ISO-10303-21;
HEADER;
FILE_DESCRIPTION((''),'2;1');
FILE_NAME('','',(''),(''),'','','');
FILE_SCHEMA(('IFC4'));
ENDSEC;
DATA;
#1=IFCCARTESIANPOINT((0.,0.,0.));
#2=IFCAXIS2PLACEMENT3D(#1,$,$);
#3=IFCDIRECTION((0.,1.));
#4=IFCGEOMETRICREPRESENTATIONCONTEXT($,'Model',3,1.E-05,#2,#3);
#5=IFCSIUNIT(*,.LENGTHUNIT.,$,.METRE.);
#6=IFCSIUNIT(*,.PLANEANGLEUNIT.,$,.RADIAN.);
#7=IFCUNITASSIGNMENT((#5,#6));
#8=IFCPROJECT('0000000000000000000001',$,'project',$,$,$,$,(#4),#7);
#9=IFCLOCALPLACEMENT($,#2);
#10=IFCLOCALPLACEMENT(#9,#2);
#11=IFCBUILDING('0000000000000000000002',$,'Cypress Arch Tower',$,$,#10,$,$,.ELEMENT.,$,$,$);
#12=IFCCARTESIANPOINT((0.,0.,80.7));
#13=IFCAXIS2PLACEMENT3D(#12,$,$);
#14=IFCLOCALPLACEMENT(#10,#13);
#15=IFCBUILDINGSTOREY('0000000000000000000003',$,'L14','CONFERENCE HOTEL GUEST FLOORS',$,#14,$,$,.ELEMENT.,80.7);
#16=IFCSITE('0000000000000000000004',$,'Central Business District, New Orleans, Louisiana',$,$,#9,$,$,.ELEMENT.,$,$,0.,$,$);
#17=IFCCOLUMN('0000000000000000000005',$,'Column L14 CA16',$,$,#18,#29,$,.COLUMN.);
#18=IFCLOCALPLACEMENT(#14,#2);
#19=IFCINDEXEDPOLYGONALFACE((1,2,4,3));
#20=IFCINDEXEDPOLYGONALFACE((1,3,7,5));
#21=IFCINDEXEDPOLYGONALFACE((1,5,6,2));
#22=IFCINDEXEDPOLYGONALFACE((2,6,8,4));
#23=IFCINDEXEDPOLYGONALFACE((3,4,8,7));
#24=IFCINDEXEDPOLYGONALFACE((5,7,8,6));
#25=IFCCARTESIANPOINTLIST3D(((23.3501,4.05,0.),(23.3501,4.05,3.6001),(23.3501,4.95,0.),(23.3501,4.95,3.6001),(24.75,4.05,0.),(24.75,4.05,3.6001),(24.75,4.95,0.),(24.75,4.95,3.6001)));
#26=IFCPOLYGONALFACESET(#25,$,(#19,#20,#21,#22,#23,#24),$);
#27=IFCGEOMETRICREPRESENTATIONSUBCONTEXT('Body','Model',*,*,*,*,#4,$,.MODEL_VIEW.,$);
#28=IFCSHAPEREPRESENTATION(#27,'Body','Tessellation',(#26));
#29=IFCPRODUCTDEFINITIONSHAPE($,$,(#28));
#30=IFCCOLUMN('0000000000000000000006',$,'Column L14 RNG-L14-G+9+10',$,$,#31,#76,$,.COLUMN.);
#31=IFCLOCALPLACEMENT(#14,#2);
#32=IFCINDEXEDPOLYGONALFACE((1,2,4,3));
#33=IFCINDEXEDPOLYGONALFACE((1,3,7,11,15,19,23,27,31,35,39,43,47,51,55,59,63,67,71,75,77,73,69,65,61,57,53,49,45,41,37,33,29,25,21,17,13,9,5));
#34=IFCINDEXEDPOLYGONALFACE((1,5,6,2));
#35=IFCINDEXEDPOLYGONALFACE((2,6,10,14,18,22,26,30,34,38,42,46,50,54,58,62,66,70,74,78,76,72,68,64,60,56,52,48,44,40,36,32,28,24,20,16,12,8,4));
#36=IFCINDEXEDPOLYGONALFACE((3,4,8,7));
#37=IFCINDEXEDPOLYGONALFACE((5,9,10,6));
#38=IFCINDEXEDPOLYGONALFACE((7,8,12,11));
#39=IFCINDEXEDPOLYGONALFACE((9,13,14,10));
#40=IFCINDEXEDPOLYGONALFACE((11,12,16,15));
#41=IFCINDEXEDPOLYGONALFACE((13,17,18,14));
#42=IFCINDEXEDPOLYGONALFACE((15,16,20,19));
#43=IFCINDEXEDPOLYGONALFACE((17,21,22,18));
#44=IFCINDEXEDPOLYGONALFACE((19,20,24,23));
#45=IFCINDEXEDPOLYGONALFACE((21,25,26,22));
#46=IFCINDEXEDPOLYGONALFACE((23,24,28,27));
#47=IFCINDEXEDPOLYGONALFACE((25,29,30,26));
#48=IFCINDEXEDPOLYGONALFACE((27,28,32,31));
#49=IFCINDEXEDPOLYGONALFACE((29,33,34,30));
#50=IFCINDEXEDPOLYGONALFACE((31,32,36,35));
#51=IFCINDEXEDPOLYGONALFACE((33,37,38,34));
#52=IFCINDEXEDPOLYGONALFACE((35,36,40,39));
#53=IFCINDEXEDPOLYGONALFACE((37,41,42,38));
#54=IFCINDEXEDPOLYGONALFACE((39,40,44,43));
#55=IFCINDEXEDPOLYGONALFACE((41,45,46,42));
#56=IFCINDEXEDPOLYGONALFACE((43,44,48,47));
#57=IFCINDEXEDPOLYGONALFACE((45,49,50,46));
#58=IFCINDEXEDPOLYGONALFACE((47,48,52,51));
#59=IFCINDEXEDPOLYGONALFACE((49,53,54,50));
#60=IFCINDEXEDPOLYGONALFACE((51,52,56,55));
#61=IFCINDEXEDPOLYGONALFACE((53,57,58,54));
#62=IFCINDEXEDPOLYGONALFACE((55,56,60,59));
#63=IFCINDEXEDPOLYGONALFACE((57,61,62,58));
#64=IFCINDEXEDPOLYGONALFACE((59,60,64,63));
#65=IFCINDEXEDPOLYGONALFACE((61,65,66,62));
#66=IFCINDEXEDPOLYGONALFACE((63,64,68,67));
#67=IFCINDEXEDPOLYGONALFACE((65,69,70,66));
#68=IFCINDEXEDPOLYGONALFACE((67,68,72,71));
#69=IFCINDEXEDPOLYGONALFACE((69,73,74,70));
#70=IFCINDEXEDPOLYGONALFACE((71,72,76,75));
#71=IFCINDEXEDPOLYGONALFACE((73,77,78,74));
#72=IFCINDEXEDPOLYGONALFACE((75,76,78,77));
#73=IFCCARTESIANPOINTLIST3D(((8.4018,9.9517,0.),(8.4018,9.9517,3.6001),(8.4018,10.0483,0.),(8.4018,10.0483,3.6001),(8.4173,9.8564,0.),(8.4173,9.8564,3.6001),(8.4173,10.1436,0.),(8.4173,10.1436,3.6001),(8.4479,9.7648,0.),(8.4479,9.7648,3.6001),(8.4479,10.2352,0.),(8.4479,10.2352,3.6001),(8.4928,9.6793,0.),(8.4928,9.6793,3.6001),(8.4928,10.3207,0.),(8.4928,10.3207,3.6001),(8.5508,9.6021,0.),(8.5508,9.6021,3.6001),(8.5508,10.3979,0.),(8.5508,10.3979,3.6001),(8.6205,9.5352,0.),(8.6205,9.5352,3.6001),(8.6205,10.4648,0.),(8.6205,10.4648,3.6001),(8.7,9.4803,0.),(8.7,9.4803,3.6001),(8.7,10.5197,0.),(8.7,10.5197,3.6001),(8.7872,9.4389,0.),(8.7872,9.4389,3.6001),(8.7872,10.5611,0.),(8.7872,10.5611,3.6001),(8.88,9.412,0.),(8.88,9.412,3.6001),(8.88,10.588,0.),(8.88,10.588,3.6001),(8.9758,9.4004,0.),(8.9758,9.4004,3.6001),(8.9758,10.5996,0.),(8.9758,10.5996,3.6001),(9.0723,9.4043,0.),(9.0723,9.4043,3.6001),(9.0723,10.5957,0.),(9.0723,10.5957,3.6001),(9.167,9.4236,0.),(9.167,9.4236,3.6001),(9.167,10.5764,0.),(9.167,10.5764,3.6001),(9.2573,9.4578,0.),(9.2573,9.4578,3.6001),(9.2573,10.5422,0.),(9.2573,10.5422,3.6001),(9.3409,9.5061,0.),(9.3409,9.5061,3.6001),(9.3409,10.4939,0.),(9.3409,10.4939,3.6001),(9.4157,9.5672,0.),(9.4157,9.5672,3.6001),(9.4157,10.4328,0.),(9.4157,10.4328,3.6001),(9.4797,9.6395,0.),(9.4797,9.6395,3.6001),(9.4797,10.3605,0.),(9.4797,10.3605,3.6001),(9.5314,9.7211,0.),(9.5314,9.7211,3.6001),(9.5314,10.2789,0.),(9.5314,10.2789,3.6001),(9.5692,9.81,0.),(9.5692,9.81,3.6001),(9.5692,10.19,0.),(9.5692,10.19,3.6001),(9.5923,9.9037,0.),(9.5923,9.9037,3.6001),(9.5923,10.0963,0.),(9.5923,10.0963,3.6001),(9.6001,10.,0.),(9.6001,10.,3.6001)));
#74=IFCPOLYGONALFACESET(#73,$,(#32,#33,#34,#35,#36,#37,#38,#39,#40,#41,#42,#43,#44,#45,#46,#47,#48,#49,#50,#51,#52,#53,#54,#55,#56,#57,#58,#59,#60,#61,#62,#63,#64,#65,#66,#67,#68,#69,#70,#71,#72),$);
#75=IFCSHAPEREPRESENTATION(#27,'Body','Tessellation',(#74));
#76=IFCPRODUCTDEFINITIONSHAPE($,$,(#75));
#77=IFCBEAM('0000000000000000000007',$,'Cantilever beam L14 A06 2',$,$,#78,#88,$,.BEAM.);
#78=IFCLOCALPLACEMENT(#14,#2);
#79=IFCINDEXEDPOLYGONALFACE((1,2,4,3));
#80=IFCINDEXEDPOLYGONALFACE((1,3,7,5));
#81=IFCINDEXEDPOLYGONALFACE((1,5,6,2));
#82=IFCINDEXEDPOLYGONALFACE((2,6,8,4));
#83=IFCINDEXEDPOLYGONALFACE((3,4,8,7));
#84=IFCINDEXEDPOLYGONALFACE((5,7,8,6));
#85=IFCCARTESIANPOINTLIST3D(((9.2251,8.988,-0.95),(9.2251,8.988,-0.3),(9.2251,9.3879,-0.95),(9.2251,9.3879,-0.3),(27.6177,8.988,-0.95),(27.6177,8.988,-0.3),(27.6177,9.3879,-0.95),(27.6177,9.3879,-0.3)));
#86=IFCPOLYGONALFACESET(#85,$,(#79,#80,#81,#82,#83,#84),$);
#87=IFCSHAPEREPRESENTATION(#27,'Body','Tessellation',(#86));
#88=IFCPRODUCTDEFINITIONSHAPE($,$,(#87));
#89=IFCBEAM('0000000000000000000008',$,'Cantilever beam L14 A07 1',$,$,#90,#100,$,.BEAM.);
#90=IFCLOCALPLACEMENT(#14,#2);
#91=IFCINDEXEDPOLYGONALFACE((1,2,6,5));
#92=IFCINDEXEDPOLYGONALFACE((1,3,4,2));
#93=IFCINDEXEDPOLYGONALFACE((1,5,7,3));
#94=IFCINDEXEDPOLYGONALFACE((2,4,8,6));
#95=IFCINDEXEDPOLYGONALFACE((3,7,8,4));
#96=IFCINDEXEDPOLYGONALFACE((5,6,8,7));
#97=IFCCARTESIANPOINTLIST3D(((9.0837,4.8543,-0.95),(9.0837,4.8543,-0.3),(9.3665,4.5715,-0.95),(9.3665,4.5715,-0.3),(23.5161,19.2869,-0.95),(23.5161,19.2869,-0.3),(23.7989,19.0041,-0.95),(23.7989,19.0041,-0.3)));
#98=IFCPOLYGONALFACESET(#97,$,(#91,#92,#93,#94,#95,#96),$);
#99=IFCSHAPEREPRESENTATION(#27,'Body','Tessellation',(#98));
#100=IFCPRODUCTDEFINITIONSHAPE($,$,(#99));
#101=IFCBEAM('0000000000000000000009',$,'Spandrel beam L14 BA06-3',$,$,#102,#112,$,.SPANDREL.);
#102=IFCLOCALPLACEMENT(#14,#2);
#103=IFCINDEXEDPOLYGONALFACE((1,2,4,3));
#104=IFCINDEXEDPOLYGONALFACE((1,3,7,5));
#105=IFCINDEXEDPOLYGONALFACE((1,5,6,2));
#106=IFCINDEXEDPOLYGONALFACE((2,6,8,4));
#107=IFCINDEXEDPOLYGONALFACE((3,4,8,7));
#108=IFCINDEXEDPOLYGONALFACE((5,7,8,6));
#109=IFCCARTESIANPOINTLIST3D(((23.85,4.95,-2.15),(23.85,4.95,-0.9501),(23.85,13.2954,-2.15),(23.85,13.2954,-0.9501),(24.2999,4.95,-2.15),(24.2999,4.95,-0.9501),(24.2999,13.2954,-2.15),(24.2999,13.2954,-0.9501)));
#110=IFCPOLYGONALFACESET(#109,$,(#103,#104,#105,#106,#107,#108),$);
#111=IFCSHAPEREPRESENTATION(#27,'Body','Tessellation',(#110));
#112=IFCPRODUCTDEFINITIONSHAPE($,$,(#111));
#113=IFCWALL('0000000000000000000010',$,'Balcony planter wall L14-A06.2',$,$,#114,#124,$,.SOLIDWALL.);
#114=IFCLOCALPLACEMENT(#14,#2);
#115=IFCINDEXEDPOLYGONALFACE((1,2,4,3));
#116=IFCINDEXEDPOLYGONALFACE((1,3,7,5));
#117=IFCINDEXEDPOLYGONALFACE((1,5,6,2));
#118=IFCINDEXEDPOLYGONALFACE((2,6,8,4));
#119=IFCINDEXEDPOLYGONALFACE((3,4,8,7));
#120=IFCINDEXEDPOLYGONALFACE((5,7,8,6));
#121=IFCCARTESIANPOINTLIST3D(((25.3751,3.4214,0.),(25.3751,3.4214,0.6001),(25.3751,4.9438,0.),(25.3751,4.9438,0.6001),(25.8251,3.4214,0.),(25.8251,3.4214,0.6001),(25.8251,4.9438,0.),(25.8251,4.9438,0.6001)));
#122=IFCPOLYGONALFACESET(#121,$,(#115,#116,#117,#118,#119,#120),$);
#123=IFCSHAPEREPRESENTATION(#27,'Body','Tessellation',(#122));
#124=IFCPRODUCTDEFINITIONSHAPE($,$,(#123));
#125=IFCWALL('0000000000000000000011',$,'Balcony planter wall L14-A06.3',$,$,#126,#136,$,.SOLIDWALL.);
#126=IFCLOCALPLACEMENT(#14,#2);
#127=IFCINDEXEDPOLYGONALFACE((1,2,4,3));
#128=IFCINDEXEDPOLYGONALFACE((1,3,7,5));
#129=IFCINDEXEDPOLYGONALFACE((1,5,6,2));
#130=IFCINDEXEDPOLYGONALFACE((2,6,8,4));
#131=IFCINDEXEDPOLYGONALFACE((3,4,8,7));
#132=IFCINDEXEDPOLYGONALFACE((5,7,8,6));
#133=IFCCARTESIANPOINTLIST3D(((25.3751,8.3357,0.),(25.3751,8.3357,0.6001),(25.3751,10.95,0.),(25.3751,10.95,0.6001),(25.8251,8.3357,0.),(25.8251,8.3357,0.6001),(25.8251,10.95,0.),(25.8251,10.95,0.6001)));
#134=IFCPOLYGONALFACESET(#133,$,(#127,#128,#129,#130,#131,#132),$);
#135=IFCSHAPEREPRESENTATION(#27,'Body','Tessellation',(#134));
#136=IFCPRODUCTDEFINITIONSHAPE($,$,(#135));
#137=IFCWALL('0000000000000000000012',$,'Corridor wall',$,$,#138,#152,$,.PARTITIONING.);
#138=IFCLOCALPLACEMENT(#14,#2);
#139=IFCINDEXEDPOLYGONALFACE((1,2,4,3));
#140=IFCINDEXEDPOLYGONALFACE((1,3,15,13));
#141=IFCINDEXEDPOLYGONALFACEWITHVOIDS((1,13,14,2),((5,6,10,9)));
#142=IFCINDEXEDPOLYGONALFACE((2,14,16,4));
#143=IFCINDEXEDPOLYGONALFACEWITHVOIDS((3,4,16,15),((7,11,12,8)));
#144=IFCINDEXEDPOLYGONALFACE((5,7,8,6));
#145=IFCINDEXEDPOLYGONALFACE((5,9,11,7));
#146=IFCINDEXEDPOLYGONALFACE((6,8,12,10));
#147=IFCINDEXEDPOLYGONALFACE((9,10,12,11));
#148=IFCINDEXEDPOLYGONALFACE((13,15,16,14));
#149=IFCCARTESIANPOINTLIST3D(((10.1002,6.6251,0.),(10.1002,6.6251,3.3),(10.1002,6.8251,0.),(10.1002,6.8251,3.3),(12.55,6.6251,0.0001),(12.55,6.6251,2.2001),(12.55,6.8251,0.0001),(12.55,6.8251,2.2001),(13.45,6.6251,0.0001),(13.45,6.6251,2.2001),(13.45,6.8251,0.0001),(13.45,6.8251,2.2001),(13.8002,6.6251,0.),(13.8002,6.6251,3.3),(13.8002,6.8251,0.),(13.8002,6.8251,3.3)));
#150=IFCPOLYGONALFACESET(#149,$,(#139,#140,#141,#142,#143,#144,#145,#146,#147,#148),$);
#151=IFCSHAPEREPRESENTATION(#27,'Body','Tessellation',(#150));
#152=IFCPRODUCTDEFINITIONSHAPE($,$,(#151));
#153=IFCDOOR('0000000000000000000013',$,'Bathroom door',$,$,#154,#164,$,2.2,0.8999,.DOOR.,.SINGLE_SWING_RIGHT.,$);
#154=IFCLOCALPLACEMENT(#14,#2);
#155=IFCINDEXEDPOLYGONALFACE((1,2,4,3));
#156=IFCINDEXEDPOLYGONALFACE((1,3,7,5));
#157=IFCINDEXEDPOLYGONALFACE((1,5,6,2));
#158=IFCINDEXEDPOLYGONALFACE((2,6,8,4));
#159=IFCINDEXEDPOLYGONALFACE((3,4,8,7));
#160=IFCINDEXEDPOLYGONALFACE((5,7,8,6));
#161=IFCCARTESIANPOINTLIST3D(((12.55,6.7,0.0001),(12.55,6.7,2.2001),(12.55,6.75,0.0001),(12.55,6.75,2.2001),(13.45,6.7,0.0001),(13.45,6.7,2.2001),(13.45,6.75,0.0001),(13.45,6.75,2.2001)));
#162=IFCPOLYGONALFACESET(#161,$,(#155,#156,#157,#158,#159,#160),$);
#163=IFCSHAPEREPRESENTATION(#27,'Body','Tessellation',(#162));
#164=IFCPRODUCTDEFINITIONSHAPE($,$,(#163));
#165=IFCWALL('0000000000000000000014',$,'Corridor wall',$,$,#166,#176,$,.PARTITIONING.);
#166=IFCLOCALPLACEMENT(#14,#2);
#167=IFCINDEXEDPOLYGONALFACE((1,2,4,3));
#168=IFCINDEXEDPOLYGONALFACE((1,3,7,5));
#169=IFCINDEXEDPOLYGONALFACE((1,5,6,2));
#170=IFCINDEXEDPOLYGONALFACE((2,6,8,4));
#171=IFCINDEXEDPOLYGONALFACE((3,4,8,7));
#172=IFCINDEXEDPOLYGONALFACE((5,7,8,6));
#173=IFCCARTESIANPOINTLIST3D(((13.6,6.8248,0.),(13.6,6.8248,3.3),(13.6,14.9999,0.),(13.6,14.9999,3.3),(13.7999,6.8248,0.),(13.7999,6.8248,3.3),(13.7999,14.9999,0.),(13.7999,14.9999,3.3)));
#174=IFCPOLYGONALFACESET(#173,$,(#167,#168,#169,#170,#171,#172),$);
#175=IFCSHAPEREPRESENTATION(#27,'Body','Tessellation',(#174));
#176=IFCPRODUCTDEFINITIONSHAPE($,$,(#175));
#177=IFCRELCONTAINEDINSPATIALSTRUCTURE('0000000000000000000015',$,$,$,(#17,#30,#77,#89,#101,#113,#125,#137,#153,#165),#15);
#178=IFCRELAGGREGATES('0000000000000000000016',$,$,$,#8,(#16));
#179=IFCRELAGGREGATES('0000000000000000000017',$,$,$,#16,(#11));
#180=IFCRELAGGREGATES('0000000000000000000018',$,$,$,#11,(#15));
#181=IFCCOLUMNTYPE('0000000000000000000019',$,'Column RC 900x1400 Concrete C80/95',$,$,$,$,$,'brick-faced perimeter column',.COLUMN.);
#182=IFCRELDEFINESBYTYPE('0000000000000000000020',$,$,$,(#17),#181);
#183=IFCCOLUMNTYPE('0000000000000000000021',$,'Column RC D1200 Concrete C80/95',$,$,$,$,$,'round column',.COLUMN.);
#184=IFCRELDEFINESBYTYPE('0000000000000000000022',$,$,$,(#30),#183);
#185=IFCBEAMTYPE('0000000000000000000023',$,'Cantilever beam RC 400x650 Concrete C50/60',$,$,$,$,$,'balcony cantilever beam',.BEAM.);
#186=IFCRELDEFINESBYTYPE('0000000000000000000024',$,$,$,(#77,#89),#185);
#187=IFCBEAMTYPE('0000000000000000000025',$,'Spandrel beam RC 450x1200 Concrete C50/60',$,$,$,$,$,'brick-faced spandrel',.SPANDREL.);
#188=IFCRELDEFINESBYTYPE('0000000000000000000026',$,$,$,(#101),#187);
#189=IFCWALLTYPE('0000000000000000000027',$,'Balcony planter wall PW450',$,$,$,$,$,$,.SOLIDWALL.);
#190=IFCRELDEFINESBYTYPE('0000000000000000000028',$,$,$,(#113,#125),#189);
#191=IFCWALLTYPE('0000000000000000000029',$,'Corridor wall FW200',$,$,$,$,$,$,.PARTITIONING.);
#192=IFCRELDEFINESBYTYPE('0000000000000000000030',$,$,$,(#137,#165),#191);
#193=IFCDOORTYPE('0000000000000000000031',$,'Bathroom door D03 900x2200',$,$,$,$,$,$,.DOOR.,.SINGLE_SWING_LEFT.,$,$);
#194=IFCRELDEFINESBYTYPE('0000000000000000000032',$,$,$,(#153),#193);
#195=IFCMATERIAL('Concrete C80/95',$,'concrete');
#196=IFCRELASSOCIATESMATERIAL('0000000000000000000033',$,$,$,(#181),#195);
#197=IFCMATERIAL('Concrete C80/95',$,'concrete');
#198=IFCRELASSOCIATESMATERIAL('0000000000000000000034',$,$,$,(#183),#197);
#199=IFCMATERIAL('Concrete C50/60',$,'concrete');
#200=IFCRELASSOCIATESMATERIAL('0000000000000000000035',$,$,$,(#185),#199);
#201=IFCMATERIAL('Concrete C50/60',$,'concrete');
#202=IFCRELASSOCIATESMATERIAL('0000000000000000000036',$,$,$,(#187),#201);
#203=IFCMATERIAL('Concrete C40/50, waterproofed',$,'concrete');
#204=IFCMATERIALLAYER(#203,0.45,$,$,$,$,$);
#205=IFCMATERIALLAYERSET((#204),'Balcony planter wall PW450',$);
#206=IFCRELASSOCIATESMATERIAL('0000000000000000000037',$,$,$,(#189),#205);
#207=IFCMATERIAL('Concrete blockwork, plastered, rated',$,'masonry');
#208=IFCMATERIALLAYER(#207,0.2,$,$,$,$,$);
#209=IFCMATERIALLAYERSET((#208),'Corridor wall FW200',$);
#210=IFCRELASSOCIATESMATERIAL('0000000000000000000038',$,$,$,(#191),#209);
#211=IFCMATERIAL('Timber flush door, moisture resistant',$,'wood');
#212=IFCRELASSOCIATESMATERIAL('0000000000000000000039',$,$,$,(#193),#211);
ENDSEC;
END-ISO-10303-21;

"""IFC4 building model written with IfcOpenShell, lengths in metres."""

from ifc_helpers import new_model, si_unit, direction, frame, frame_2d, origin, origin_2d, place, context, subcontext, project, spatial, rectangle, circle, extrude, material, layer, layer_set, material_profile, profile_set, type_object, element, fill, save


model = new_model("IFC4")

# Units and contexts
model_context = context("Model", 3, precision=1e-05, world=origin(), true_north=direction((0.0, 1.0)))
body_context = subcontext(model_context, "Body", "Model", "MODEL_VIEW")
ifc_project = project(units=[si_unit("LENGTHUNIT", "METRE"), si_unit("PLANEANGLEUNIT", "RADIAN")], contexts=[model_context])

# Site, building, storey
site_placement = place(None, origin())
site = spatial("IfcSite", under=ifc_project, at=site_placement, Name="Central Business District, New Orleans, Louisiana", CompositionType="ELEMENT", RefElevation=0.0)
building_placement = place(site_placement, origin())
building = spatial("IfcBuilding", under=site, at=building_placement, Name="Cypress Arch Tower", CompositionType="ELEMENT")
storey_placement = place(building_placement, frame((0.0, 0.0, 80.7)))
storey = spatial("IfcBuildingStorey", under=building, at=storey_placement, Name="L14", Description="CONFERENCE HOTEL GUEST FLOORS", CompositionType="ELEMENT", Elevation=80.7)

# Columns
ifc_material_1 = material(Name="Concrete C80/95", Category="concrete")
ifc_material_profile_1 = material_profile(ifc_material_1, rectangle(XDim=0.8999, YDim=1.3999, at=origin_2d()), Name="RC 900x1400")
ifc_profile_set_1 = profile_set([ifc_material_profile_1], Name="Concrete C80/95")
column_type_1 = type_object("IfcColumnType", Name="Column RC 900x1400 Concrete C80/95", ElementType="brick-faced perimeter column", PredefinedType="COLUMN", material=ifc_profile_set_1)
column_1_placement = place(storey_placement, frame((24.05, 4.5, 0.0), z_axis=(0.0, 0.0, 1.0), x_axis=(0.0, 1.0, 0.0)))
element("IfcColumn", 1, at=column_1_placement, inside=storey, type_object=column_type_1, Name="Column L14 CA16", PredefinedType="COLUMN", context=body_context, shape_type="SweptSolid", body=[
    extrude(rectangle(XDim=0.8999, YDim=1.3999, at=origin_2d()), origin(), (0.0, 0.0, 1.0), 3.6001),
])
ifc_material_2 = material(Name="Concrete C80/95", Category="concrete")
ifc_material_profile_2 = material_profile(ifc_material_2, circle(Radius=0.6001, at=origin_2d()), Name="RC D1200")
ifc_profile_set_2 = profile_set([ifc_material_profile_2], Name="Concrete C80/95")
column_type_2 = type_object("IfcColumnType", Name="Column RC D1200 Concrete C80/95", ElementType="round column", PredefinedType="COLUMN", material=ifc_profile_set_2)
column_2_placement = place(storey_placement, frame((9.0, 10.0, 0.0), z_axis=(0.0, 0.0, 1.0), x_axis=(1.0, 0.0, 0.0)))
element("IfcColumn", 2, at=column_2_placement, inside=storey, type_object=column_type_2, Name="Column L14 RNG-L14-G+9+10", PredefinedType="COLUMN", context=body_context, shape_type="SweptSolid", body=[
    extrude(circle(Radius=0.6001, at=origin_2d()), origin(), (0.0, 0.0, 1.0), 3.6001),
])

# Beams
ifc_material_3 = material(Name="Concrete C50/60", Category="concrete")
ifc_material_profile_3 = material_profile(ifc_material_3, rectangle(XDim=0.3999, YDim=0.6499, at=origin_2d()), Name="RC 400x650")
ifc_profile_set_3 = profile_set([ifc_material_profile_3], Name="Concrete C50/60")
beam_type_1 = type_object("IfcBeamType", Name="Cantilever beam RC 400x650 Concrete C50/60", ElementType="balcony cantilever beam", PredefinedType="BEAM", material=ifc_profile_set_3)
beam_1_placement = place(storey_placement, frame((9.2251, 9.188, -0.625), z_axis=(1.0, 0.0, 0.0), x_axis=(0.0, 1.0, 0.0)))
element("IfcBeam", 3, at=beam_1_placement, inside=storey, type_object=beam_type_1, Name="Cantilever beam L14 A06 2", PredefinedType="BEAM", context=body_context, shape_type="SweptSolid", body=[
    extrude(rectangle(XDim=0.3999, YDim=0.6499, at=origin_2d()), origin(), (0.0, 0.0, 1.0), 18.3926),
])
beam_2_placement = place(storey_placement, frame((9.2251, 4.7129, -0.625), z_axis=(0.707101, 0.707113, 0.0), x_axis=(-0.707113, 0.707101, 0.0)))
element("IfcBeam", 4, at=beam_2_placement, inside=storey, type_object=beam_type_1, Name="Cantilever beam L14 A07 1", PredefinedType="BEAM", context=body_context, shape_type="SweptSolid", body=[
    extrude(rectangle(XDim=0.3999, YDim=0.6499, at=origin_2d()), origin(), (0.0, 0.0, 1.0), 20.4106),
])
ifc_material_4 = material(Name="Concrete C50/60", Category="concrete")
ifc_material_profile_4 = material_profile(ifc_material_4, rectangle(XDim=0.45, YDim=1.2, at=origin_2d()), Name="RC 450x1200")
ifc_profile_set_4 = profile_set([ifc_material_profile_4], Name="Concrete C50/60")
beam_type_2 = type_object("IfcBeamType", Name="Spandrel beam RC 450x1200 Concrete C50/60", ElementType="brick-faced spandrel", PredefinedType="SPANDREL", material=ifc_profile_set_4)
beam_3_placement = place(storey_placement, frame((24.075, 4.95, -1.55), z_axis=(0.0, 1.0, 0.0), x_axis=(-1.0, 0.0, 0.0)))
element("IfcBeam", 5, at=beam_3_placement, inside=storey, type_object=beam_type_2, Name="Spandrel beam L14 BA06-3", PredefinedType="SPANDREL", context=body_context, shape_type="SweptSolid", body=[
    extrude(rectangle(XDim=0.45, YDim=1.2, at=origin_2d()), origin(), (0.0, 0.0, 1.0), 8.3455),
])

# Walls
ifc_material_5 = material(Name="Concrete C40/50, waterproofed", Category="concrete")
ifc_layer_1 = layer(ifc_material_5, 0.45)
ifc_layer_set_1 = layer_set([ifc_layer_1], Name="Balcony planter wall PW450")
wall_type_1 = type_object("IfcWallType", Name="Balcony planter wall PW450", PredefinedType="SOLIDWALL", material=ifc_layer_set_1)
wall_1_placement = place(storey_placement, frame((25.6001, 3.4214, 0.0), z_axis=(0.0, 0.0, 1.0), x_axis=(0.0, 1.0, 0.0)))
element("IfcWall", 6, at=wall_1_placement, inside=storey, type_object=wall_type_1, Name="Balcony planter wall L14-A06.2", PredefinedType="SOLIDWALL", context=body_context, shape_type="SweptSolid", body=[
    extrude(rectangle(XDim=1.5225, YDim=0.45, at=frame_2d((0.7612, 0.0))), origin(), (0.0, 0.0, 1.0), 0.6001),
])
wall_2_placement = place(storey_placement, frame((25.6001, 8.3357, 0.0), z_axis=(0.0, 0.0, 1.0), x_axis=(0.0, 1.0, 0.0)))
element("IfcWall", 7, at=wall_2_placement, inside=storey, type_object=wall_type_1, Name="Balcony planter wall L14-A06.3", PredefinedType="SOLIDWALL", context=body_context, shape_type="SweptSolid", body=[
    extrude(rectangle(XDim=2.6143, YDim=0.45, at=frame_2d((1.3071, 0.0))), origin(), (0.0, 0.0, 1.0), 0.6001),
])

# Wall, opening, door
ifc_material_6 = material(Name="Concrete blockwork, plastered, rated", Category="masonry")
ifc_layer_2 = layer(ifc_material_6, 0.2)
ifc_layer_set_2 = layer_set([ifc_layer_2], Name="Corridor wall FW200")
wall_type_2 = type_object("IfcWallType", Name="Corridor wall FW200", PredefinedType="PARTITIONING", material=ifc_layer_set_2)
wall_3_placement = place(storey_placement, frame((10.1001, 6.7251, 0.0), z_axis=(0.0, 0.0, 1.0), x_axis=(1.0, 0.0, 0.0)))
wall_3 = element("IfcWall", 8, at=wall_3_placement, inside=storey, type_object=wall_type_2, Name="Corridor wall", PredefinedType="PARTITIONING", context=body_context, shape_type="SweptSolid", body=[
    extrude(rectangle(XDim=3.7, YDim=0.2, at=frame_2d((1.8501, 0.0))), origin(), (0.0, 0.0, 1.0), 3.3),
])
opening_1_placement = place(wall_3_placement, frame((2.45, 0.0, 0.0)))
opening_1 = element("IfcOpeningElement", 9, at=opening_1_placement, cuts=wall_3, PredefinedType="OPENING", context=body_context, shape_type="SweptSolid", body=[
    extrude(rectangle(XDim=0.8999, YDim=2.2, at=frame_2d((0.45, 1.1001))), frame((0.0, 0.1099, 0.0), z_axis=(0.0, -1.0, 0.0), x_axis=(1.0, 0.0, 0.0)), (0.0, 0.0, 1.0), 0.22),
])
ifc_material_7 = material(Name="Timber flush door, moisture resistant", Category="wood")
door_type_1 = type_object("IfcDoorType", Name="Bathroom door D03 900x2200", OperationType="SINGLE_SWING_LEFT", PredefinedType="DOOR", material=ifc_material_7)
door_1_placement = place(opening_1_placement, origin())
door_1 = element("IfcDoor", 10, at=door_1_placement, inside=storey, type_object=door_type_1, Name="Bathroom door", OperationType="SINGLE_SWING_RIGHT", OverallHeight=2.2, OverallWidth=0.8999, PredefinedType="DOOR", context=body_context, shape_type="SweptSolid", body=[
    extrude(rectangle(XDim=0.8999, YDim=2.2, at=frame_2d((0.45, 1.1001))), frame((0.0, 0.0249, 0.0), z_axis=(0.0, -1.0, 0.0), x_axis=(1.0, 0.0, 0.0)), (0.0, 0.0, 1.0), 0.05),
])
fill(opening_1, door_1)

# Wall
wall_4_placement = place(storey_placement, frame((13.7, 6.825, 0.0), z_axis=(0.0, 0.0, 1.0), x_axis=(0.0, 1.0, 0.0)))
element("IfcWall", 11, at=wall_4_placement, inside=storey, type_object=wall_type_2, Name="Corridor wall", PredefinedType="PARTITIONING", context=body_context, shape_type="SweptSolid", body=[
    extrude(rectangle(XDim=8.175, YDim=0.2, at=frame_2d((4.0874, 0.0))), origin(), (0.0, 0.0, 1.0), 3.3),
])

save(model, "model.ifc")
